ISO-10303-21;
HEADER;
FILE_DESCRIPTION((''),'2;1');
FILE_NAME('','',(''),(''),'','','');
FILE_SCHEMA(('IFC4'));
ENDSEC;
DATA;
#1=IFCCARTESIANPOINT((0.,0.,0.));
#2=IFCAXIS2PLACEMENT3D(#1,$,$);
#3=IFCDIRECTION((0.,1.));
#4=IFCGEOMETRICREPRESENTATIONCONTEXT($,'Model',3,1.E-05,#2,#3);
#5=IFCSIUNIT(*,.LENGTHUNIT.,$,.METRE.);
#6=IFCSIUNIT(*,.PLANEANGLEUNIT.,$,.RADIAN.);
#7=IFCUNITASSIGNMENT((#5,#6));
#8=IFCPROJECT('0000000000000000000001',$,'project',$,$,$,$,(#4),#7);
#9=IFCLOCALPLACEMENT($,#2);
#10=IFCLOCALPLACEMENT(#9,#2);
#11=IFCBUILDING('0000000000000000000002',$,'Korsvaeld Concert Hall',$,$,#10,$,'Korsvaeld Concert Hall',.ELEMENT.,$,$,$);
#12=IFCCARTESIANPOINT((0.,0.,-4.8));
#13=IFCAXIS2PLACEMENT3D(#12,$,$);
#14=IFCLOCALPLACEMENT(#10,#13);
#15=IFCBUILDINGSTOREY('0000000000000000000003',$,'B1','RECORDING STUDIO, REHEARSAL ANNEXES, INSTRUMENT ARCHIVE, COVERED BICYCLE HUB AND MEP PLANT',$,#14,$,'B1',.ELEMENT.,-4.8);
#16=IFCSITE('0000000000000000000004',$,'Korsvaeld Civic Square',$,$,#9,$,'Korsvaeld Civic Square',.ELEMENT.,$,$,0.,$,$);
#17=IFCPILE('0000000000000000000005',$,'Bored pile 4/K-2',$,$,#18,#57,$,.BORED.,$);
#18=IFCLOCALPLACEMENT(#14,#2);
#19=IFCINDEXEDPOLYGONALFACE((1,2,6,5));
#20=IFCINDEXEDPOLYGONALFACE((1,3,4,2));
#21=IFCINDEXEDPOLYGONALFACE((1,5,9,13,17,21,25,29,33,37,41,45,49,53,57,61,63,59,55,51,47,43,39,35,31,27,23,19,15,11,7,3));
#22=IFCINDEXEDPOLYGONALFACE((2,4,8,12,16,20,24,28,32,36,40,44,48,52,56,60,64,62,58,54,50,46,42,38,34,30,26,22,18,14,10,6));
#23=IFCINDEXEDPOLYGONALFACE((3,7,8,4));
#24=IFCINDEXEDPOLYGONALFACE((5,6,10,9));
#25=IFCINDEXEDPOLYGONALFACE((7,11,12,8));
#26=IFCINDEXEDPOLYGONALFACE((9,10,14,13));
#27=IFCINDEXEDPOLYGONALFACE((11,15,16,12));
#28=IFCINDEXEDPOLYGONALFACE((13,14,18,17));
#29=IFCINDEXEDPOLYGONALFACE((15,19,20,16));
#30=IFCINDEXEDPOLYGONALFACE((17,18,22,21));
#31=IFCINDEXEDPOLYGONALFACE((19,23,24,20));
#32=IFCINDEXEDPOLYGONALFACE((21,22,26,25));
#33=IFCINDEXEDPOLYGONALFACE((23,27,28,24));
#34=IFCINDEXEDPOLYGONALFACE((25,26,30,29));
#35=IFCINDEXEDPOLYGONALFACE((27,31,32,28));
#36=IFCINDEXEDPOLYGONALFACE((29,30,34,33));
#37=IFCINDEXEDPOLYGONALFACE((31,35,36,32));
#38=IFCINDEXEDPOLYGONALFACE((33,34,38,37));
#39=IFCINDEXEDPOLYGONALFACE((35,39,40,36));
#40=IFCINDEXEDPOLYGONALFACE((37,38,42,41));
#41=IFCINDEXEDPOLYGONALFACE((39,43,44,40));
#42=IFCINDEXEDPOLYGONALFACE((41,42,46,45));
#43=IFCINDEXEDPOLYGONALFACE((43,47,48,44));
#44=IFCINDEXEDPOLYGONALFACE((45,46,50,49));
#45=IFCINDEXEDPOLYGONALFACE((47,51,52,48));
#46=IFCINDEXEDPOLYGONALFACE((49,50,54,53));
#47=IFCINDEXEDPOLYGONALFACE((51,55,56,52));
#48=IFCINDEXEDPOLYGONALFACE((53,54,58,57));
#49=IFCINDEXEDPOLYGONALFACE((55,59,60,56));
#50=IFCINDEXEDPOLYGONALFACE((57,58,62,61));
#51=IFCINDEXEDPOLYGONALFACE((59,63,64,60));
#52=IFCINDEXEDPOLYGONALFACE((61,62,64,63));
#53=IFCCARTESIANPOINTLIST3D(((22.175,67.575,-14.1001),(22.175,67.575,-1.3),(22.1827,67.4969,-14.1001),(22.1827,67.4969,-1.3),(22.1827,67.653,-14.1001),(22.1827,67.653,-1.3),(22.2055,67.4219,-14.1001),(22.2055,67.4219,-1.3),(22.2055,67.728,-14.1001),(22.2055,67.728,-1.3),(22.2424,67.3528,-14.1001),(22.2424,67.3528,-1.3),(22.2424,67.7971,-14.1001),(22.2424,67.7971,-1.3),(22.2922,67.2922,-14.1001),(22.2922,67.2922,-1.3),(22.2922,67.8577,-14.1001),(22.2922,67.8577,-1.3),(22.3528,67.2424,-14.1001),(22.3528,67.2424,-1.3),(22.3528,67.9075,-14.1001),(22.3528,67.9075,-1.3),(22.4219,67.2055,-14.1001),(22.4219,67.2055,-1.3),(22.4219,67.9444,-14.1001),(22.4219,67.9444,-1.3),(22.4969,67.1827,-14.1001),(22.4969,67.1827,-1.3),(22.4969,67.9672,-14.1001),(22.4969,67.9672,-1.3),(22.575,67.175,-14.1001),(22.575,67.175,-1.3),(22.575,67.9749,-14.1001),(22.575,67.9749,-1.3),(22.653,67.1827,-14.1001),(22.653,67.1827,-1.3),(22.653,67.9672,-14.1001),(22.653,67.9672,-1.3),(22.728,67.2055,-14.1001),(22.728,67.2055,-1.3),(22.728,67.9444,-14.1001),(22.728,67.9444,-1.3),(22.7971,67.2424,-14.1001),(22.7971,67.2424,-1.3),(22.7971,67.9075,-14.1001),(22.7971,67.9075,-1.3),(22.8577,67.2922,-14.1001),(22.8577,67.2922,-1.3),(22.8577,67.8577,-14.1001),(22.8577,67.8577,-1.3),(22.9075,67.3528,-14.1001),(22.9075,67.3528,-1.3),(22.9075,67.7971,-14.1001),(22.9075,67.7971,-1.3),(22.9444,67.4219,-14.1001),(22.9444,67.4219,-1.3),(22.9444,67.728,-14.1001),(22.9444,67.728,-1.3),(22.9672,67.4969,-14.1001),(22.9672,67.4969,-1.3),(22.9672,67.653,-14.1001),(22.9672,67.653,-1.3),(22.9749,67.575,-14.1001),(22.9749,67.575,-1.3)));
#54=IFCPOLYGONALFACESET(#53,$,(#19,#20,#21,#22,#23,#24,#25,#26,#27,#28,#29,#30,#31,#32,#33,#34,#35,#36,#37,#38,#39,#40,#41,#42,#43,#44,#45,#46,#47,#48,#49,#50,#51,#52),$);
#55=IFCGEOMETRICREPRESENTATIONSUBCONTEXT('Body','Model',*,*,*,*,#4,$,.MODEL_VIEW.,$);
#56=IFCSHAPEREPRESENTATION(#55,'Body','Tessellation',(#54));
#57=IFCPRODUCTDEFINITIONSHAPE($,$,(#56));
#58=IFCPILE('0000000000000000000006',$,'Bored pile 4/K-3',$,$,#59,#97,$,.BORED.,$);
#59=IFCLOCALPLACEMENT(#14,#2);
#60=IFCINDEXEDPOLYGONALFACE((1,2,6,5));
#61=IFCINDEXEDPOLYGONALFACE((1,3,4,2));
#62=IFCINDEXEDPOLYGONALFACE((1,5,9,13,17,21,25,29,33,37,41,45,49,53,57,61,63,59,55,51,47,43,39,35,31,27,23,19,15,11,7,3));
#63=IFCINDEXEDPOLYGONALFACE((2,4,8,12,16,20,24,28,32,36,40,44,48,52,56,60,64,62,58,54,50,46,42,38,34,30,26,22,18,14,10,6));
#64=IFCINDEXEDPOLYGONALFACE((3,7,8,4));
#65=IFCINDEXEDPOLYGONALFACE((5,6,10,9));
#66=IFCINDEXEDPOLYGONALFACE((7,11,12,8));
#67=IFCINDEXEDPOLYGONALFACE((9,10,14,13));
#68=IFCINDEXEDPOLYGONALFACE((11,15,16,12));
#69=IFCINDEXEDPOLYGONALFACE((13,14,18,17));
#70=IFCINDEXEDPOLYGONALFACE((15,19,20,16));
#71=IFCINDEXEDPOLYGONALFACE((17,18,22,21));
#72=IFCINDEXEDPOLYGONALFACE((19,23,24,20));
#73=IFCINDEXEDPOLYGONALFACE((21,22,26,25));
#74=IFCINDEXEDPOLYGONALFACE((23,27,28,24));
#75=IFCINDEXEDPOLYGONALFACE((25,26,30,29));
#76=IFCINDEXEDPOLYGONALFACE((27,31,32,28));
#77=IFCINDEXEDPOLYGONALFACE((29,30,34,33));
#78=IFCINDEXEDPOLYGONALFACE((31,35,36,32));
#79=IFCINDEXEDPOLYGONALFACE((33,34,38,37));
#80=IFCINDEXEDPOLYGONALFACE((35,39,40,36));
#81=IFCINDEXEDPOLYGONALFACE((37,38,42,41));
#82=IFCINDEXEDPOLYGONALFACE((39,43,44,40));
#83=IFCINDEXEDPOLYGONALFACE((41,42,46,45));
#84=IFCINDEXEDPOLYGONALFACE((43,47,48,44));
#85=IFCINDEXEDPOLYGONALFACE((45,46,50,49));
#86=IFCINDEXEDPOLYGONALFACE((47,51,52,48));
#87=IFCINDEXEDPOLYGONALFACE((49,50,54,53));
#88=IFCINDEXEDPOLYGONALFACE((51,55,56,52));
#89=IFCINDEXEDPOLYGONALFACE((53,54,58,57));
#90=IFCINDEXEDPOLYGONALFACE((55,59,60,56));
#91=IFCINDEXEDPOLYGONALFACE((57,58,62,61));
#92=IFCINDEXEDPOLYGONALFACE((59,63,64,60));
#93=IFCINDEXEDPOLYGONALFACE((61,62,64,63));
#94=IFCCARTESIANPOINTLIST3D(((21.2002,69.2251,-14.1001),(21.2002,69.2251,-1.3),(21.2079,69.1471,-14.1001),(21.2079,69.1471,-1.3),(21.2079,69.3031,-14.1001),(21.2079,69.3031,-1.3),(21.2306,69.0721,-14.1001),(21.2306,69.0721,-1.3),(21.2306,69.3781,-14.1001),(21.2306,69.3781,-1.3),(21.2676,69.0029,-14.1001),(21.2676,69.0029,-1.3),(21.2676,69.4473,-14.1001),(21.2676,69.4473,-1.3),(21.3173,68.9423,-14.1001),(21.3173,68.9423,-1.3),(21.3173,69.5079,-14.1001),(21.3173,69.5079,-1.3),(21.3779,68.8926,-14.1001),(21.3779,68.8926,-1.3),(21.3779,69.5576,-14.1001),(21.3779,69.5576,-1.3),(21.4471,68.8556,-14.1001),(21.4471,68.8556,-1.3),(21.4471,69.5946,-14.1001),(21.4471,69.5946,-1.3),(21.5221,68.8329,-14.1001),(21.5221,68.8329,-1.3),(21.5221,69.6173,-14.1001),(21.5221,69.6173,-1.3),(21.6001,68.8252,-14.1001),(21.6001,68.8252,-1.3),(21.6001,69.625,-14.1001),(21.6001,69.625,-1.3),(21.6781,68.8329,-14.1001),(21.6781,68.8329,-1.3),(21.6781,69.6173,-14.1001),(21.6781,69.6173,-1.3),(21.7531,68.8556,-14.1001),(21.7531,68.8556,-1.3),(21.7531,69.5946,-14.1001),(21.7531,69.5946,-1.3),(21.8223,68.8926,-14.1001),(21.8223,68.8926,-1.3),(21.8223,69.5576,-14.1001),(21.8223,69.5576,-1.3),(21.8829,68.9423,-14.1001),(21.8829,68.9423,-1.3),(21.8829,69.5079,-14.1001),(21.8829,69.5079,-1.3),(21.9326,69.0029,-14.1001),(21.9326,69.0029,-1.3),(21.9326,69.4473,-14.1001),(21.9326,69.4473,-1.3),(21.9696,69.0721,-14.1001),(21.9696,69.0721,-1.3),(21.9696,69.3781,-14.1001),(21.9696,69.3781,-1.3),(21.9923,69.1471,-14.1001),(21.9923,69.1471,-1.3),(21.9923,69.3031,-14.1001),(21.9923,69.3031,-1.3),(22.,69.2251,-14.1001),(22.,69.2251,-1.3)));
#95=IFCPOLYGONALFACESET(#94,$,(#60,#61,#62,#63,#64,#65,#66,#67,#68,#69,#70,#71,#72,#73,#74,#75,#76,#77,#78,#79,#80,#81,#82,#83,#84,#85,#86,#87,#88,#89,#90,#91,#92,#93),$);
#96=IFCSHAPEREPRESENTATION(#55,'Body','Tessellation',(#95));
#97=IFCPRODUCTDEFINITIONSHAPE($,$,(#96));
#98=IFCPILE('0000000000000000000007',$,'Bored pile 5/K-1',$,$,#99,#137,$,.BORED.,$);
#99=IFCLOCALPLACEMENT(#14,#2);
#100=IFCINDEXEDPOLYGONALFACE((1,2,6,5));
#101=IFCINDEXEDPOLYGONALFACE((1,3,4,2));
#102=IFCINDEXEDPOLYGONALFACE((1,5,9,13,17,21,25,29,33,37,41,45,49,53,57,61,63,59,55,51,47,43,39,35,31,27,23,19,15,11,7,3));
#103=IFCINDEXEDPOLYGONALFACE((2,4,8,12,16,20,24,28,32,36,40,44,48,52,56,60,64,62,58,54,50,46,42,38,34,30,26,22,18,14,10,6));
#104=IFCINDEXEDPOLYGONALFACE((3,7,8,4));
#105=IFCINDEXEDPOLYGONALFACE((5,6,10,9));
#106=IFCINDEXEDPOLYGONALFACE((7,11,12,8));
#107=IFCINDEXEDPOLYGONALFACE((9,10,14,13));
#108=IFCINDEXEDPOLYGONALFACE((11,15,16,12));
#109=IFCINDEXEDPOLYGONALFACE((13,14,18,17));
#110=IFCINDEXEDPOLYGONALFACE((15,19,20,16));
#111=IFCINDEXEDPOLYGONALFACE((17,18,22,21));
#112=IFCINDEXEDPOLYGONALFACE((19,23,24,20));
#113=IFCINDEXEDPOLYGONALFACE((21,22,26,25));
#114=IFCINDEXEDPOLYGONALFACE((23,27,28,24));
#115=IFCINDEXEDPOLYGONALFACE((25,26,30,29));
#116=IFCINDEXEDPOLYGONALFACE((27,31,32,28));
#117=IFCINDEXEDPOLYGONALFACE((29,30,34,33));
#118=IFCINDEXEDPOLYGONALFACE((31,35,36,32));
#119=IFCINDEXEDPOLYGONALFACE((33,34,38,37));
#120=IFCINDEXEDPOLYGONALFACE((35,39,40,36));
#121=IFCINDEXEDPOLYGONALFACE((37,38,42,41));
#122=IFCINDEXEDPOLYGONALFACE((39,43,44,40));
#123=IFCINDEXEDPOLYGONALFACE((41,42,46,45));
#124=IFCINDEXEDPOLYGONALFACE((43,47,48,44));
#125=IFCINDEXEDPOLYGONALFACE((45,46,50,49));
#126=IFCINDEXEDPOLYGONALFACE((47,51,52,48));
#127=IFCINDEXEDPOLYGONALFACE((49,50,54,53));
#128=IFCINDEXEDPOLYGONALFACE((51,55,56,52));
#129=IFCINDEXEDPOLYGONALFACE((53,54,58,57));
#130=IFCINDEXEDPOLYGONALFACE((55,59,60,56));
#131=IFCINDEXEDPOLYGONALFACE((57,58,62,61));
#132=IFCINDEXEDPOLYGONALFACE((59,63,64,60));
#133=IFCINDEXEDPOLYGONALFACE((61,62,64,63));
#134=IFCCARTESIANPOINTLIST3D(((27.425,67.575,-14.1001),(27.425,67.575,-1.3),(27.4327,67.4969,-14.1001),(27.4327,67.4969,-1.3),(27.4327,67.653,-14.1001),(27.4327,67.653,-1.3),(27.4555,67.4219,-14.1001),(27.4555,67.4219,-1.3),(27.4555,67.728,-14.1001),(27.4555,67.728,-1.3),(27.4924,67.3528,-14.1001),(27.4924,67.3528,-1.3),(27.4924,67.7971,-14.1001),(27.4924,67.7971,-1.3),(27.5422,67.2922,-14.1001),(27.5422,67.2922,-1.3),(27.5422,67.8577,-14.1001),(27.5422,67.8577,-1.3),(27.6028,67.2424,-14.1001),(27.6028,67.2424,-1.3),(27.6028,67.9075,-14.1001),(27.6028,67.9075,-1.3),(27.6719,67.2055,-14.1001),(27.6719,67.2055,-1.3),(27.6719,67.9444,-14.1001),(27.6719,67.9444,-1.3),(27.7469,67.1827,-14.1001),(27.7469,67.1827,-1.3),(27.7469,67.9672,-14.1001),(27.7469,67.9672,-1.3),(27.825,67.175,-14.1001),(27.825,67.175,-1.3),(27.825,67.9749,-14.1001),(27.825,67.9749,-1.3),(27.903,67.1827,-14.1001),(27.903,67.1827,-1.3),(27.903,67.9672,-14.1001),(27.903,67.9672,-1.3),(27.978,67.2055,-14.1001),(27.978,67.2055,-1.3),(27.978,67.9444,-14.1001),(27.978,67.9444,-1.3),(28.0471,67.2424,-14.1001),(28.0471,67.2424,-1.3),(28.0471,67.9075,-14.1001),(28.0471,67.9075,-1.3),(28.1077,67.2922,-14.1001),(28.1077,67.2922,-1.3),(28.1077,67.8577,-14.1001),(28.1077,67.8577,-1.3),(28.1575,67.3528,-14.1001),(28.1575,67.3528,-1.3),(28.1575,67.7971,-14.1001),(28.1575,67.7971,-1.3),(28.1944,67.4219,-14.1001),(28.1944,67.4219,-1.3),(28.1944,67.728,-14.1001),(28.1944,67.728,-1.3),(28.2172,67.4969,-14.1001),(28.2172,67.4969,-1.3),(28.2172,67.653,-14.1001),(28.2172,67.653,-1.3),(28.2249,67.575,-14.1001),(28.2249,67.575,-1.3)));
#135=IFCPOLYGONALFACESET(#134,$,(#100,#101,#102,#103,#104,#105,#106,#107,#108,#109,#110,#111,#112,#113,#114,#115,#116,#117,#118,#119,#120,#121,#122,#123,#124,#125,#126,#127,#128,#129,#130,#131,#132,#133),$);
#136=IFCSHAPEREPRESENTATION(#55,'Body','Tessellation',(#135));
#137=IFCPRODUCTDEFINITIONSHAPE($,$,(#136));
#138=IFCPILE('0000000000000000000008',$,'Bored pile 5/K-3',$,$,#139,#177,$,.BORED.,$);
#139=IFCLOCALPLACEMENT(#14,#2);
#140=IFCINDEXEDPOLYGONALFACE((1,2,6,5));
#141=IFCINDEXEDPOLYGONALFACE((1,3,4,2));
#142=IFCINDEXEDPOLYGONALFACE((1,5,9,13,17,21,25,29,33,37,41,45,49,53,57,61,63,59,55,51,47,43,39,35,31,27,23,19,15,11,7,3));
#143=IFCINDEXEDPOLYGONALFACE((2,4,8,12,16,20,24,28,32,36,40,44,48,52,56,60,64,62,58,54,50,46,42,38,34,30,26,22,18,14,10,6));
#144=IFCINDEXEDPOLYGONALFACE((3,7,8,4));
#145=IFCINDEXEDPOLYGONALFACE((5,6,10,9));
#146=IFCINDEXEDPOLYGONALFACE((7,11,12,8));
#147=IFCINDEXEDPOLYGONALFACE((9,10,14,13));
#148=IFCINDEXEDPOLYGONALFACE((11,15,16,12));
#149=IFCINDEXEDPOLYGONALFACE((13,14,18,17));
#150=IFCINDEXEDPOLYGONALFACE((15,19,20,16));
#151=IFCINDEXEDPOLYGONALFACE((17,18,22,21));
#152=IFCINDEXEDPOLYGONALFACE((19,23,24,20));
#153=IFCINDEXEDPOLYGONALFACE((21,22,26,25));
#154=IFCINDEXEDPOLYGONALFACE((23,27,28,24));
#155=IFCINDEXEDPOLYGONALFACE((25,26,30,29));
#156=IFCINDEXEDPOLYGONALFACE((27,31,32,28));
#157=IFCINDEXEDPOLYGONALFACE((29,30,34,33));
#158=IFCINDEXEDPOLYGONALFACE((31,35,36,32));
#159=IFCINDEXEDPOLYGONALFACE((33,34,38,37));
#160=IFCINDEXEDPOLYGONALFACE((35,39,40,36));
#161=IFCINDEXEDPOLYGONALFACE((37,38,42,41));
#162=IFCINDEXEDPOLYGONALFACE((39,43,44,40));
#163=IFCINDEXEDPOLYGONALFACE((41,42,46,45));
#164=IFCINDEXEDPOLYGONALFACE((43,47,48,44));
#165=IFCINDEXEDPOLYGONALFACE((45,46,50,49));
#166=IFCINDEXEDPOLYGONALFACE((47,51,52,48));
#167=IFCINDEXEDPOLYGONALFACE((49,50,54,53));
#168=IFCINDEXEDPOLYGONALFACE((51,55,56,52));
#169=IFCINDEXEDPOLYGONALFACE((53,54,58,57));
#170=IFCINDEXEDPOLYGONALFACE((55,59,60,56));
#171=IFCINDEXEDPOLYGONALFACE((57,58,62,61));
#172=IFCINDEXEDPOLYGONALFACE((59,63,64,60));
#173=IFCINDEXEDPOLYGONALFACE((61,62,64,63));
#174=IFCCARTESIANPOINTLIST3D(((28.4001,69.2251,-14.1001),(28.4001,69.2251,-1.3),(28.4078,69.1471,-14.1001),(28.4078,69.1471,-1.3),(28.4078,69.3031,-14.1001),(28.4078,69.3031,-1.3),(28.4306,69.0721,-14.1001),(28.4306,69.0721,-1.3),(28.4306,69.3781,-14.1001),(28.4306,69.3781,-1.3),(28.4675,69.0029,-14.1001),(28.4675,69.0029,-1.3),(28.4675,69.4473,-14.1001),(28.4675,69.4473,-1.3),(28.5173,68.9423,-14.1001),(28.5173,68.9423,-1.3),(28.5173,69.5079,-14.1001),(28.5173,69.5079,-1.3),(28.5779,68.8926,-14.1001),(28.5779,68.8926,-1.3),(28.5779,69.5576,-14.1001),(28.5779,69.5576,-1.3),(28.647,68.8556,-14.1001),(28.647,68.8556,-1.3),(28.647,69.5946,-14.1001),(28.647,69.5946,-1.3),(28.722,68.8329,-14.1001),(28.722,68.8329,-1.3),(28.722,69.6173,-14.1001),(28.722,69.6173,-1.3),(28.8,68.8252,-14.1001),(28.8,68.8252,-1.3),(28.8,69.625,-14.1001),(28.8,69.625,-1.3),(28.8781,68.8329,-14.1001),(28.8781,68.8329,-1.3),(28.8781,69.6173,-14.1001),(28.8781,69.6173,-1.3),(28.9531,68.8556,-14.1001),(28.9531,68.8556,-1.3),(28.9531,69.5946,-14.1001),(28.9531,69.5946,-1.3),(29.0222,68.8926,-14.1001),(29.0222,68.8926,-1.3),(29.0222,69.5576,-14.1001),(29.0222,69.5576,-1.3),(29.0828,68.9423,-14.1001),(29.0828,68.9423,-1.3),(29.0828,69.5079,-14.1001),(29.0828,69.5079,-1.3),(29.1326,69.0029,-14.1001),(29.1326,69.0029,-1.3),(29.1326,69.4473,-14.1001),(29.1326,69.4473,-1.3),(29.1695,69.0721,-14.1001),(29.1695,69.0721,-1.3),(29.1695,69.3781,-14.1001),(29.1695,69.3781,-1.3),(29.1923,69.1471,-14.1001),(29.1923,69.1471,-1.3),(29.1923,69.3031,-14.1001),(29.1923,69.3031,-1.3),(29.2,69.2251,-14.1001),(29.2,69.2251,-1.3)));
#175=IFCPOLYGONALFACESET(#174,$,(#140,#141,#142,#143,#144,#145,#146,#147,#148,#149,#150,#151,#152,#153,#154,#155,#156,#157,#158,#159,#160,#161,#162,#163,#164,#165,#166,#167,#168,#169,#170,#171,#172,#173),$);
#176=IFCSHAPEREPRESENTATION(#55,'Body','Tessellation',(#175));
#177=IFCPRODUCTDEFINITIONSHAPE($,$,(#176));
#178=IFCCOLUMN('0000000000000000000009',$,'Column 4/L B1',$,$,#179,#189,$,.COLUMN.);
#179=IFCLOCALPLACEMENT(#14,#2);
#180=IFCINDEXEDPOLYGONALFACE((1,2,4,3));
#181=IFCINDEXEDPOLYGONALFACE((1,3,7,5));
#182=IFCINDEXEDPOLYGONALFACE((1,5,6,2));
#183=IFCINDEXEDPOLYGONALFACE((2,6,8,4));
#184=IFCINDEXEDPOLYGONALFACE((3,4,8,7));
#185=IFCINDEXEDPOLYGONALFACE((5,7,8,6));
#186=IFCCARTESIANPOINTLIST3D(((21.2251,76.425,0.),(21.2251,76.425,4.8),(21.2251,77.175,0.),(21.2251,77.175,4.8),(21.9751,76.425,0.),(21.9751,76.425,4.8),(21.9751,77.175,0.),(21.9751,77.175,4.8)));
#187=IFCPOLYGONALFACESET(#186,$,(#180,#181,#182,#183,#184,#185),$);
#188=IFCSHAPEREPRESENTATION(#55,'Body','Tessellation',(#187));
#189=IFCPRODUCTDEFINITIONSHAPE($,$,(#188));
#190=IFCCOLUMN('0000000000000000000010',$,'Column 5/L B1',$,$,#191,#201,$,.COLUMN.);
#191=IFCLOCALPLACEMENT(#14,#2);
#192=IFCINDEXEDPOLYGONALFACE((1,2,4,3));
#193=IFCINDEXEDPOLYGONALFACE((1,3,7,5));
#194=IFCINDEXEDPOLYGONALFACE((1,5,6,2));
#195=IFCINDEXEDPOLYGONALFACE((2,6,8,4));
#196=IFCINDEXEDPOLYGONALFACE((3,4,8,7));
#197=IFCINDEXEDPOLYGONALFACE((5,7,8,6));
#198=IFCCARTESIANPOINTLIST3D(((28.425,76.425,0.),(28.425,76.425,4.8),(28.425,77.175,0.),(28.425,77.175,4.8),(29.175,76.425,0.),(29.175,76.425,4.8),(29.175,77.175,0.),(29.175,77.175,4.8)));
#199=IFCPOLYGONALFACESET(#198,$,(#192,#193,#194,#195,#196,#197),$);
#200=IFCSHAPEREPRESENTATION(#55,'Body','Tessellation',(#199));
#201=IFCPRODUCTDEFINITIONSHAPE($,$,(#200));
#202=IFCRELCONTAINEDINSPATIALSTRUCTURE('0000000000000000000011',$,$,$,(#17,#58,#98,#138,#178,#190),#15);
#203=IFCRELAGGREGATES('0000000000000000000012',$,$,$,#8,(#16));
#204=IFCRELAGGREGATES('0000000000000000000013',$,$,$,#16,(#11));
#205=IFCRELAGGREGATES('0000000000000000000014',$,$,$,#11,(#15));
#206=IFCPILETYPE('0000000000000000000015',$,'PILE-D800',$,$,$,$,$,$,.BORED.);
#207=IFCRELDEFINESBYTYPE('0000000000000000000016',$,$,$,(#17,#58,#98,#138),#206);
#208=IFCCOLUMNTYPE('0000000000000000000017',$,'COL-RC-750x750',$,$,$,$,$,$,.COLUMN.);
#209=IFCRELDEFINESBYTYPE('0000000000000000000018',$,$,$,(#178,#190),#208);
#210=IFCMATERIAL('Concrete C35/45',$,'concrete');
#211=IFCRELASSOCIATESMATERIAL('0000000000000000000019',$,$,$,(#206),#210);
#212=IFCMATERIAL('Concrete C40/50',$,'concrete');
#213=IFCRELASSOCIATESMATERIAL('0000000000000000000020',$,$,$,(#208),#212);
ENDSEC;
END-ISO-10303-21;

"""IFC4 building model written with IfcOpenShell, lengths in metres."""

from ifc_helpers import new_model, si_unit, direction, frame, origin, origin_2d, place, context, subcontext, project, spatial, rectangle, circle, extrude, material, material_profile, profile_set, type_object, element, save


model = new_model("IFC4")

# Units and contexts
model_context = context("Model", 3, precision=1e-05, world=origin(), true_north=direction((0.0, 1.0)))
body_context = subcontext(model_context, "Body", "Model", "MODEL_VIEW")
ifc_project = project(units=[si_unit("LENGTHUNIT", "METRE"), si_unit("PLANEANGLEUNIT", "RADIAN")], contexts=[model_context])

# Site, building, storey
site_placement = place(None, origin())
site = spatial("IfcSite", under=ifc_project, at=site_placement, Name="Korsvaeld Civic Square", LongName="Korsvaeld Civic Square", CompositionType="ELEMENT", RefElevation=0.0)
building_placement = place(site_placement, origin())
building = spatial("IfcBuilding", under=site, at=building_placement, Name="Korsvaeld Concert Hall", LongName="Korsvaeld Concert Hall", CompositionType="ELEMENT")
storey_placement = place(building_placement, frame((0.0, 0.0, -4.8)))
storey = spatial("IfcBuildingStorey", under=building, at=storey_placement, Name="B1", Description="RECORDING STUDIO, REHEARSAL ANNEXES, INSTRUMENT ARCHIVE, COVERED BICYCLE HUB AND MEP PLANT", LongName="B1", CompositionType="ELEMENT", Elevation=-4.8)

# Shared definitions
ifc_material_1 = material(Name="Concrete C35/45", Category="concrete")

# Piles
ifc_material_profile_1 = material_profile(ifc_material_1, circle(Radius=0.3999, at=origin_2d()), Name="BORED PILE D800")
ifc_profile_set_1 = profile_set([ifc_material_profile_1], Name="Concrete C35/45")
pile_type_1 = type_object("IfcPileType", Name="PILE-D800", PredefinedType="BORED", material=ifc_profile_set_1)
for number, where, z_axis, x_axis, name in (
    (1, (22.575, 67.575, -1.3), (0.0, 0.0, -1.0), (1.0, 0.0, 0.0), "Bored pile 4/K-2"),
    (2, (21.6001, 69.2251, -1.3), (0.0, 0.0, -1.0), (1.0, 0.0, 0.0), "Bored pile 4/K-3"),
    (3, (27.825, 67.575, -1.3), (0.0, 0.0, -1.0), (1.0, 0.0, 0.0), "Bored pile 5/K-1"),
    (4, (28.8, 69.2251, -1.3), (0.0, 0.0, -1.0), (1.0, 0.0, 0.0), "Bored pile 5/K-3"),
):
    element("IfcPile", number, at=place(storey_placement, frame(where, z_axis=z_axis, x_axis=x_axis)), inside=storey, type_object=pile_type_1, Name=name, PredefinedType="BORED", context=body_context, shape_type="SweptSolid", body=[
        extrude(circle(Radius=0.3999, at=origin_2d()), origin(), (0.0, 0.0, 1.0), 12.8),
    ])

# Columns
ifc_material_2 = material(Name="Concrete C40/50", Category="concrete")
ifc_material_profile_2 = material_profile(ifc_material_2, rectangle(XDim=0.75, YDim=0.75, at=origin_2d()), Name="RC 750x750")
ifc_profile_set_2 = profile_set([ifc_material_profile_2], Name="Concrete C40/50")
column_type_1 = type_object("IfcColumnType", Name="COL-RC-750x750", PredefinedType="COLUMN", material=ifc_profile_set_2)
for number, where, z_axis, x_axis, name in (
    (5, (21.6001, 76.8, 0.0), (0.0, 0.0, 1.0), (1.0, 0.0, 0.0), "Column 4/L B1"),
    (6, (28.8, 76.8, 0.0), (0.0, 0.0, 1.0), (1.0, 0.0, 0.0), "Column 5/L B1"),
):
    element("IfcColumn", number, at=place(storey_placement, frame(where, z_axis=z_axis, x_axis=x_axis)), inside=storey, type_object=column_type_1, Name=name, PredefinedType="COLUMN", context=body_context, shape_type="SweptSolid", body=[
        extrude(rectangle(XDim=0.75, YDim=0.75, at=origin_2d()), origin(), (0.0, 0.0, 1.0), 4.8),
    ])

save(model, "model.ifc")
